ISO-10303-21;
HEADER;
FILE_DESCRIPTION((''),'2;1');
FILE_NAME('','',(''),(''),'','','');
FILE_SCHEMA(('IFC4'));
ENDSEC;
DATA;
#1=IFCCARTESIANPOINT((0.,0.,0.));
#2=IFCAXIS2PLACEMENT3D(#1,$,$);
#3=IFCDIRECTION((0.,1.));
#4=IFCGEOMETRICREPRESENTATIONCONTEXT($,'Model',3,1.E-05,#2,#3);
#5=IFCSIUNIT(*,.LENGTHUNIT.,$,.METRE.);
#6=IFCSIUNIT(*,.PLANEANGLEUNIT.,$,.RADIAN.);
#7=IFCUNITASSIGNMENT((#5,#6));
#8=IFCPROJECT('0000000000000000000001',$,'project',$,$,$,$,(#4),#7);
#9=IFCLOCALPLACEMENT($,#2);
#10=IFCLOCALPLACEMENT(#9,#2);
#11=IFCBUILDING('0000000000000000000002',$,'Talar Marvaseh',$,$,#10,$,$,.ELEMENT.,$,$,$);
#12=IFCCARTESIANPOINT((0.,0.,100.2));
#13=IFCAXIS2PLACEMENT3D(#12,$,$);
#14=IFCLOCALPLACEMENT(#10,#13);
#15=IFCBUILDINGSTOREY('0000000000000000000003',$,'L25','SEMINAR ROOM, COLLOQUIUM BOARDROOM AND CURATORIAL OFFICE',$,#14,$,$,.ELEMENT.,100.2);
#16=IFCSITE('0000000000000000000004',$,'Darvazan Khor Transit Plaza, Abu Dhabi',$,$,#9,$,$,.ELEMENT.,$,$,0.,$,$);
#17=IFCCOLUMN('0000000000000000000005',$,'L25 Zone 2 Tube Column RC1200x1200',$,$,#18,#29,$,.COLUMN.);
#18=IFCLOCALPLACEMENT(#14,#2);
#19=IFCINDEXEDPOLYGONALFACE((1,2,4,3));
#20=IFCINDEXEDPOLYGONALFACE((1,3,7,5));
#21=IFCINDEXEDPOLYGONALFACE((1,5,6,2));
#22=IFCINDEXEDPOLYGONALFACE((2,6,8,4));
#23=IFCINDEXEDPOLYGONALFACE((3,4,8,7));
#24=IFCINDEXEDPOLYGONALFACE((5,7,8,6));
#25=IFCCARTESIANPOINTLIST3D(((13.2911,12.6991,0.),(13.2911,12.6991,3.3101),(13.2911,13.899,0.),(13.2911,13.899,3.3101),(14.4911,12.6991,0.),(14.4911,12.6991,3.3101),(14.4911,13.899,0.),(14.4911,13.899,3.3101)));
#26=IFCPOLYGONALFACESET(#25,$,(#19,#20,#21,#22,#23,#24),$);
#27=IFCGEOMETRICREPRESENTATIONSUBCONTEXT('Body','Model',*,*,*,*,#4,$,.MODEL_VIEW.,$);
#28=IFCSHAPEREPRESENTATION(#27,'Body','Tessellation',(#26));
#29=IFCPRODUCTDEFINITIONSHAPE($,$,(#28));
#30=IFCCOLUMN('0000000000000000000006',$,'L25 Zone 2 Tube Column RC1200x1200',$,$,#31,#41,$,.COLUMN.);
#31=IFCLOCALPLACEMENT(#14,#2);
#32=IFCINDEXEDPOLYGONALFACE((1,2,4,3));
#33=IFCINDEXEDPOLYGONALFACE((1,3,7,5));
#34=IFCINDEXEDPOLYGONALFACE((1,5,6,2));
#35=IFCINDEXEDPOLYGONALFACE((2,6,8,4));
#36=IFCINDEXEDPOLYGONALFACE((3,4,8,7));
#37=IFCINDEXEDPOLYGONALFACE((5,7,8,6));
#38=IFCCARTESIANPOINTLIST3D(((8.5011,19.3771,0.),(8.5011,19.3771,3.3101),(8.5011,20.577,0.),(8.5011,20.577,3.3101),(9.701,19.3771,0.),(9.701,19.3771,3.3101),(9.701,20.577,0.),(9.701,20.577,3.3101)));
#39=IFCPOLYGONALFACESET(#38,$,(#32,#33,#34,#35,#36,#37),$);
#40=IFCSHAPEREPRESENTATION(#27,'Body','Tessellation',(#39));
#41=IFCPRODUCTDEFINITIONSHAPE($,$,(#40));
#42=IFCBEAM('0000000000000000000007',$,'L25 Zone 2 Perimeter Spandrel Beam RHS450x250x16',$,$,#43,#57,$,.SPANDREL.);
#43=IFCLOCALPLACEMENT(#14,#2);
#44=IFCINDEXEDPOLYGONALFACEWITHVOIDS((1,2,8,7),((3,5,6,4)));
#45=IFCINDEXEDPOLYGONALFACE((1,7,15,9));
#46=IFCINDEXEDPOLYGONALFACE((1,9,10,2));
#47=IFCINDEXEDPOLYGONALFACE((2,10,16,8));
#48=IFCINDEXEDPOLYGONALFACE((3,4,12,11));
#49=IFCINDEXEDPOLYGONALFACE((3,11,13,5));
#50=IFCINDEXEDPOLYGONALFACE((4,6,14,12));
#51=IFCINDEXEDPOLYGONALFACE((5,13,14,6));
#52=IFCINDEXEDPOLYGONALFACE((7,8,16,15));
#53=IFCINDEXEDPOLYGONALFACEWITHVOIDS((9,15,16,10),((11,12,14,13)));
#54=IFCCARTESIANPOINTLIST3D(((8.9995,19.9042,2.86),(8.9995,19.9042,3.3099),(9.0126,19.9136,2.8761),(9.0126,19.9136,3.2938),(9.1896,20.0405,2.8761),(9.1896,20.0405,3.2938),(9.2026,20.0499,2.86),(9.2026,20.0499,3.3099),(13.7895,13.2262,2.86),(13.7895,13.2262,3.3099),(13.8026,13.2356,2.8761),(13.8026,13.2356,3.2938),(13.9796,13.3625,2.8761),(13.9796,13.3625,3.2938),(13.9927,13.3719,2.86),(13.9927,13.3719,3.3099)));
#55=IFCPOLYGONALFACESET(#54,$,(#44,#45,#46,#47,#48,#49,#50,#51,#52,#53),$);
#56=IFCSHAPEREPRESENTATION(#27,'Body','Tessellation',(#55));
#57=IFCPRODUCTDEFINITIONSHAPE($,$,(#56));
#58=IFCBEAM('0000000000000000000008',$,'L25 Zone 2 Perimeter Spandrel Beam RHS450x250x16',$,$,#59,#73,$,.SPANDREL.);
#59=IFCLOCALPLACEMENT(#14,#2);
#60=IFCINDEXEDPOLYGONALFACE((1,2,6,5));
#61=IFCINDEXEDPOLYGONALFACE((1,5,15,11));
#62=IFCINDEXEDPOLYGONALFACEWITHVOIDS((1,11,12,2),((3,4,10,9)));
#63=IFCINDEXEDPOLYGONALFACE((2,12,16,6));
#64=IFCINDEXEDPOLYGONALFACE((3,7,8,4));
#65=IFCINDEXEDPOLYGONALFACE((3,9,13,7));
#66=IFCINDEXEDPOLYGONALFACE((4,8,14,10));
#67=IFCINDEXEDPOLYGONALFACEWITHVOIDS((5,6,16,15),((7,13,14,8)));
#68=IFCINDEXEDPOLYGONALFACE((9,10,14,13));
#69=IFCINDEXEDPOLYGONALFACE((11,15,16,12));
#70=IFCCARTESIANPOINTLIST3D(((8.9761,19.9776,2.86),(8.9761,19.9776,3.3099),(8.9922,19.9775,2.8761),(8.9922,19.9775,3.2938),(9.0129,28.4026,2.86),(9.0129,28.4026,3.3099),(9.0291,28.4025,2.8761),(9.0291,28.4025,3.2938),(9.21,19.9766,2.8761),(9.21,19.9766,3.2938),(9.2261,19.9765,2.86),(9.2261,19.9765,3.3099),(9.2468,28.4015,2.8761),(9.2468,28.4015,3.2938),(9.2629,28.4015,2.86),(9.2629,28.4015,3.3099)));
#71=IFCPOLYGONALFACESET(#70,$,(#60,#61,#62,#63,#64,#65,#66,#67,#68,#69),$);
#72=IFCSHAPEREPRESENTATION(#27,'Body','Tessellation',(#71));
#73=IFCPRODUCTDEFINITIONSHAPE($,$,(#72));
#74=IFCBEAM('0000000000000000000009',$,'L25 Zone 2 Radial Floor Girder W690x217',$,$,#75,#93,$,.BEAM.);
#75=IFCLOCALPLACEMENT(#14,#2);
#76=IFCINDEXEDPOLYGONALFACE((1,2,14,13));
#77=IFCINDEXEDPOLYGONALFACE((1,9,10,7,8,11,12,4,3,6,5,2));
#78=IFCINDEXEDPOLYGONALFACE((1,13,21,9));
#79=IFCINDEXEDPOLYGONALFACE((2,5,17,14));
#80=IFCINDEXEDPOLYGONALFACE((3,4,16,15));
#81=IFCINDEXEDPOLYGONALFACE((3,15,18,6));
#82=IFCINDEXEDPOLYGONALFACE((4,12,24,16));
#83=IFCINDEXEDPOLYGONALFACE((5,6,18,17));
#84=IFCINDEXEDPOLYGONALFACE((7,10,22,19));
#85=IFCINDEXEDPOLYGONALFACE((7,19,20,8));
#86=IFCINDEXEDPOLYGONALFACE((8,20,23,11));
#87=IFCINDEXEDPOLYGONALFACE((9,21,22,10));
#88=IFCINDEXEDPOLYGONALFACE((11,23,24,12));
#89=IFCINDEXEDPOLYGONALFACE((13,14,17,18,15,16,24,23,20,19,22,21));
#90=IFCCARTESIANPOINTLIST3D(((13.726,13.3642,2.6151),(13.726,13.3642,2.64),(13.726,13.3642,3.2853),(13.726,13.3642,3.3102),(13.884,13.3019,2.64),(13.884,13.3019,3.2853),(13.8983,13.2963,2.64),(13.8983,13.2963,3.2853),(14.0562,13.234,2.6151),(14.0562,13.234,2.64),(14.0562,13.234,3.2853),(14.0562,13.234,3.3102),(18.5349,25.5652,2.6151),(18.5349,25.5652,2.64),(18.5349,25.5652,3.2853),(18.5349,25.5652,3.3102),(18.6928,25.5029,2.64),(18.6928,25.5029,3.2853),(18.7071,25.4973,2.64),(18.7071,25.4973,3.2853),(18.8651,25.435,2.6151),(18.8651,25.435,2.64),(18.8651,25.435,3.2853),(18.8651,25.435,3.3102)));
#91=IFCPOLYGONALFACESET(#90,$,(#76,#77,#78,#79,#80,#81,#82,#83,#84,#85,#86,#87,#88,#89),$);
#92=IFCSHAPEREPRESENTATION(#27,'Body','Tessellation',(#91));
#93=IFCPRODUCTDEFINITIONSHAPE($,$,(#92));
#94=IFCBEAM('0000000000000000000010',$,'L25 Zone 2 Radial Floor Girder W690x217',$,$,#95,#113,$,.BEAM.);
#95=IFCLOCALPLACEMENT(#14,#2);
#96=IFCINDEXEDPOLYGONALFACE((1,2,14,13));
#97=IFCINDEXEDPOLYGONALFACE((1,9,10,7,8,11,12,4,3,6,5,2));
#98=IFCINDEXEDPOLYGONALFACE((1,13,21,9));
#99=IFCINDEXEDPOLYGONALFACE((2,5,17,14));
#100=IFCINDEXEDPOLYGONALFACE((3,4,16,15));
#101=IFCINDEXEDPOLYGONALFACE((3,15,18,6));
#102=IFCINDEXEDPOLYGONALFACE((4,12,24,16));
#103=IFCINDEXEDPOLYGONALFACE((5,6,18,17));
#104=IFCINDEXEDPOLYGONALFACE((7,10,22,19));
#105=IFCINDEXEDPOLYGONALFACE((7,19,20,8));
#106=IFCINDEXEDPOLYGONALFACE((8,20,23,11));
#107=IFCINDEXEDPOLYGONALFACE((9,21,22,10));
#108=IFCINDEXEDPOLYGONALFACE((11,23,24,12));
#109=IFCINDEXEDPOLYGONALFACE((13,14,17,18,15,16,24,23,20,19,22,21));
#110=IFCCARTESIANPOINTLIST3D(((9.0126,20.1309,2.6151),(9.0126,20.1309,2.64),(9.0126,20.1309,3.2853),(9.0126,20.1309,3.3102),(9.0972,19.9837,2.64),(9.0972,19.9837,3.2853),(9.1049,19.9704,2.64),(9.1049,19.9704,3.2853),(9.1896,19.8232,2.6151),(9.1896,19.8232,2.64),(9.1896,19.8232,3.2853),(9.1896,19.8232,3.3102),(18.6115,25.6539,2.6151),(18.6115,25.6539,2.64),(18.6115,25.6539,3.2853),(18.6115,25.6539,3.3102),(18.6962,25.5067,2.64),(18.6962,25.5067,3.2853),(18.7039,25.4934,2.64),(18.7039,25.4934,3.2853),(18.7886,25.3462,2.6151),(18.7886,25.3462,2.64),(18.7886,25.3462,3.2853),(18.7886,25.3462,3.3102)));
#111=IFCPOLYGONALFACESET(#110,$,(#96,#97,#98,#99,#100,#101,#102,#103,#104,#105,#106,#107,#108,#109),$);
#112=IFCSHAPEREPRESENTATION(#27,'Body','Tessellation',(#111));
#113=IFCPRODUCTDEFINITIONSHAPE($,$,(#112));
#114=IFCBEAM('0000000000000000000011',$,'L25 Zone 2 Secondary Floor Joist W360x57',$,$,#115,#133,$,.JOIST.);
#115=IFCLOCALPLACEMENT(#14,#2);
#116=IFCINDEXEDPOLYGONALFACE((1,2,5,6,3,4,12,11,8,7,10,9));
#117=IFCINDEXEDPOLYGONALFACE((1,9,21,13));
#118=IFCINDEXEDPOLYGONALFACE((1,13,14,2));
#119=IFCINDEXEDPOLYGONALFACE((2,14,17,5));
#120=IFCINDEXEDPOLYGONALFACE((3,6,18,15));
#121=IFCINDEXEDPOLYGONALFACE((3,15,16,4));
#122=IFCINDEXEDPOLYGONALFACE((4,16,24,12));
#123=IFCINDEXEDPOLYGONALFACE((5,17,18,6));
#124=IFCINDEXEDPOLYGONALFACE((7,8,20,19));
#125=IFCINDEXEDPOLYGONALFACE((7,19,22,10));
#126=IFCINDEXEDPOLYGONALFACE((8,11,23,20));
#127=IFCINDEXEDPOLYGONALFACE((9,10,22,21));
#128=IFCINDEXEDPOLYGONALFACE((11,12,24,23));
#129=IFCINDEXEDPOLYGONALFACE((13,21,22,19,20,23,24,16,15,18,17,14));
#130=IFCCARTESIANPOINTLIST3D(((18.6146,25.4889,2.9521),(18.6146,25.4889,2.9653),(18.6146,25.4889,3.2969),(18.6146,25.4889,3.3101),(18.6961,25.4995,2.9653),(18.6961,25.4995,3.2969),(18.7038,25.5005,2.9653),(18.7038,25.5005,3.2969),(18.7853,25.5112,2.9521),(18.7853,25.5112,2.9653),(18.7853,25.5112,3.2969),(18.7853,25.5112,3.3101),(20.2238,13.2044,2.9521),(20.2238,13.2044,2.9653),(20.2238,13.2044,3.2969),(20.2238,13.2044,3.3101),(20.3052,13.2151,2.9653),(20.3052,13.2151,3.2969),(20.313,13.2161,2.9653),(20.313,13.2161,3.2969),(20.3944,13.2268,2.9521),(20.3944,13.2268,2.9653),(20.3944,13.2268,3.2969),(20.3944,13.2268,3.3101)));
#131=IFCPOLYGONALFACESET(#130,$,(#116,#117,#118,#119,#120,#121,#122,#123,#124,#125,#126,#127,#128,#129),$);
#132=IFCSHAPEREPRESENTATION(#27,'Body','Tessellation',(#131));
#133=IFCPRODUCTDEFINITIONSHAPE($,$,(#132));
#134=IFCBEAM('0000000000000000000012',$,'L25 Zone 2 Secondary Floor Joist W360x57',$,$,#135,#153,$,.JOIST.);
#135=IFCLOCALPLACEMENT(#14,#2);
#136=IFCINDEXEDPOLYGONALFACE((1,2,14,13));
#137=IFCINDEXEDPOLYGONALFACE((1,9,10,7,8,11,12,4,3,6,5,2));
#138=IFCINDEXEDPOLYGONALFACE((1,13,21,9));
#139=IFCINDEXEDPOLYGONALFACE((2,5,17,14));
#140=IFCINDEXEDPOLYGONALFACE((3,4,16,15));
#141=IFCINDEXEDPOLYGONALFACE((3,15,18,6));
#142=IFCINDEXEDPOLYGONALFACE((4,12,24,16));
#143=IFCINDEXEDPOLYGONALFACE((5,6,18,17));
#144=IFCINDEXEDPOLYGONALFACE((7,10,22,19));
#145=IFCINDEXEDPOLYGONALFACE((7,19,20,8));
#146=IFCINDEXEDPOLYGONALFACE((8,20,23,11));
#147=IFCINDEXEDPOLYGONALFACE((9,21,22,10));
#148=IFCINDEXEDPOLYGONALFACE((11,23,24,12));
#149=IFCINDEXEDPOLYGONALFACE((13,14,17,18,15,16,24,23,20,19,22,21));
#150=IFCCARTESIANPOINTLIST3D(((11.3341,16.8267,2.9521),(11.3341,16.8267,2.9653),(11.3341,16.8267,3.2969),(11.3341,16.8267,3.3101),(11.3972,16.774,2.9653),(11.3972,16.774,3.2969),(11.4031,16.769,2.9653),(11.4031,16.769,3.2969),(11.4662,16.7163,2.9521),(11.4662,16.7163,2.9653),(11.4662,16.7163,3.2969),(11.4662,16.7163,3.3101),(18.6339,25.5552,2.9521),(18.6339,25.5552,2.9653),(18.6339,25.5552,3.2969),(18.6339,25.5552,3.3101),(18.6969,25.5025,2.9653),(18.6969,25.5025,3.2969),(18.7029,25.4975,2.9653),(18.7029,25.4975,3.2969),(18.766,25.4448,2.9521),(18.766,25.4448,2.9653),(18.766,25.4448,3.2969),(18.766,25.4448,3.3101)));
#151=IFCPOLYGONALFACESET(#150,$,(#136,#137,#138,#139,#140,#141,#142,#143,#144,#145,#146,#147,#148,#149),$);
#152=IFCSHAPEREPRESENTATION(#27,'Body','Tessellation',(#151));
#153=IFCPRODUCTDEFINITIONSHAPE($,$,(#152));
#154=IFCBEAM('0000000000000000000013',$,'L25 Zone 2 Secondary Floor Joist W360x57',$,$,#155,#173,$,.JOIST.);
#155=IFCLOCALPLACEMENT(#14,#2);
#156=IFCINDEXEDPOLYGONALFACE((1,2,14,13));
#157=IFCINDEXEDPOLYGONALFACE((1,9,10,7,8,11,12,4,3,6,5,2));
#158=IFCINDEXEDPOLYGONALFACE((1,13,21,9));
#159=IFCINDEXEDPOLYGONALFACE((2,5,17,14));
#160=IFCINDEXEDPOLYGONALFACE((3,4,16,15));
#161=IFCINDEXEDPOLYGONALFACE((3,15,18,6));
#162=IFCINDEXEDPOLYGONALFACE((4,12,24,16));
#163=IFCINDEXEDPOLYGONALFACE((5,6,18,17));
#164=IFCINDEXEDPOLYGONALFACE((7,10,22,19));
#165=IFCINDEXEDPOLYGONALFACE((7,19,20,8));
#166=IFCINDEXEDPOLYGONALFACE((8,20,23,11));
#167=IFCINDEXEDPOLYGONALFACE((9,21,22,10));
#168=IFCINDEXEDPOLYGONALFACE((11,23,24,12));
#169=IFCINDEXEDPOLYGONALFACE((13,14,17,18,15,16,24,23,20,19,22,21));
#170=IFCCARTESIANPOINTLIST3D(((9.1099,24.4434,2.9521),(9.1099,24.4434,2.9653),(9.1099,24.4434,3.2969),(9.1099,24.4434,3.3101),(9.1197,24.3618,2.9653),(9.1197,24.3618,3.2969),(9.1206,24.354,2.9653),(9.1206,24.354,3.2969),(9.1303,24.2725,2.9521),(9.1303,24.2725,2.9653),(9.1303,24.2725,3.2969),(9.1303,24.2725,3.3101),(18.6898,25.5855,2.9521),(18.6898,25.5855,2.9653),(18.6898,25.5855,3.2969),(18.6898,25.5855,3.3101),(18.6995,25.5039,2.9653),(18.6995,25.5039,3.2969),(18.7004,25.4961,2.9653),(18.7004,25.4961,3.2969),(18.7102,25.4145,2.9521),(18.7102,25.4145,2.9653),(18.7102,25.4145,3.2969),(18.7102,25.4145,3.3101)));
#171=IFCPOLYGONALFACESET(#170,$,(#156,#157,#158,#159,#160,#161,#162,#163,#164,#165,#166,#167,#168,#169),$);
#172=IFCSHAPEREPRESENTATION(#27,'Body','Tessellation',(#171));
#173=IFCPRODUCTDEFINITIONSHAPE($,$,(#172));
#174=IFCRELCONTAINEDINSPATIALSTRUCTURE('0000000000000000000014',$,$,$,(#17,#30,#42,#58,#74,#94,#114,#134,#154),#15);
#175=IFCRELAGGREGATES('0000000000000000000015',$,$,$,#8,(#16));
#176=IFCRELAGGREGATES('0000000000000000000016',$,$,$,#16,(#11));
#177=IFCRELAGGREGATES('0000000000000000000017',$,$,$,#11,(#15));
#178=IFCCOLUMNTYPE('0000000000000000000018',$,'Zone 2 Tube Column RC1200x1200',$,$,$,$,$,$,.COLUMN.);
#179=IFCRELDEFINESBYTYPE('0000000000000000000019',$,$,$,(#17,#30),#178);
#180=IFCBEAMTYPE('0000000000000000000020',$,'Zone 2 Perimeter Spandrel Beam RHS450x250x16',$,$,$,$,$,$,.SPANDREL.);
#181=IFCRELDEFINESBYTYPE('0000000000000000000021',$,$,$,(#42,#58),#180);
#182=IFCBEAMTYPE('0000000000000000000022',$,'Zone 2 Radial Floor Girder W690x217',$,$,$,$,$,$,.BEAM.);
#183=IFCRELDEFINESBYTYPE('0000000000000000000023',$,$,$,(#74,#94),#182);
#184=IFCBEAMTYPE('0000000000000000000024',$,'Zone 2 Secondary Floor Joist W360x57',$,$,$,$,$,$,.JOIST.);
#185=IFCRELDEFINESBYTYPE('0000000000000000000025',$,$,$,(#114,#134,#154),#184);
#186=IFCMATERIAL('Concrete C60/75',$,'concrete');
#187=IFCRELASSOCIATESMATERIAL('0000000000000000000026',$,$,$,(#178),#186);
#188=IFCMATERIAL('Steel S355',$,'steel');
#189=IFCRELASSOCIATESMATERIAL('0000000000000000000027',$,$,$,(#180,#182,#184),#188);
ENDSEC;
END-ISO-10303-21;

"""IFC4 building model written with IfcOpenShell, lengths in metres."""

from ifc_helpers import new_model, si_unit, direction, frame, origin, origin_2d, place, context, subcontext, project, spatial, rectangle, hollow_rectangle, i_section, extrude, material, material_profile, profile_set, type_object, element, save


model = new_model("IFC4")

# Units and contexts
model_context = context("Model", 3, precision=1e-05, world=origin(), true_north=direction((0.0, 1.0)))
body_context = subcontext(model_context, "Body", "Model", "MODEL_VIEW")
ifc_project = project(units=[si_unit("LENGTHUNIT", "METRE"), si_unit("PLANEANGLEUNIT", "RADIAN")], contexts=[model_context])

# Site, building, storey
site_placement = place(None, origin())
site = spatial("IfcSite", under=ifc_project, at=site_placement, Name="Darvazan Khor Transit Plaza, Abu Dhabi", CompositionType="ELEMENT", RefElevation=0.0)
building_placement = place(site_placement, origin())
building = spatial("IfcBuilding", under=site, at=building_placement, Name="Talar Marvaseh", CompositionType="ELEMENT")
storey_placement = place(building_placement, frame((0.0, 0.0, 100.2)))
storey = spatial("IfcBuildingStorey", under=building, at=storey_placement, Name="L25", Description="SEMINAR ROOM, COLLOQUIUM BOARDROOM AND CURATORIAL OFFICE", CompositionType="ELEMENT", Elevation=100.2)

# Columns
ifc_material_1 = material(Name="Concrete C60/75", Category="concrete")
ifc_material_profile_1 = material_profile(ifc_material_1, rectangle(XDim=1.2, YDim=1.2, at=origin_2d()), Name="RC1200x1200")
ifc_profile_set_1 = profile_set([ifc_material_profile_1], Name="Concrete C60/75")
column_type = type_object("IfcColumnType", Name="Zone 2 Tube Column RC1200x1200", PredefinedType="COLUMN", material=ifc_profile_set_1)
for number, where, z_axis, x_axis, name in (
    (1, (13.8911, 13.2991, 0.0), (0.0, 0.0, 1.0), (1.0, 0.0, 0.0), "L25 Zone 2 Tube Column RC1200x1200"),
    (2, (9.1011, 19.9771, 0.0), (0.0, 0.0, 1.0), (1.0, 0.0, 0.0), "L25 Zone 2 Tube Column RC1200x1200"),
):
    element("IfcColumn", number, at=place(storey_placement, frame(where, z_axis=z_axis, x_axis=x_axis)), inside=storey, type_object=column_type, Name=name, PredefinedType="COLUMN", context=body_context, shape_type="SweptSolid", body=[
        extrude(rectangle(XDim=1.2, YDim=1.2, at=origin_2d()), origin(), (0.0, 0.0, 1.0), 3.3101),
    ])

# Beams
ifc_material_2 = material(Name="Steel S355", Category="steel")
ifc_material_profile_2 = material_profile(ifc_material_2, hollow_rectangle(XDim=0.25, YDim=0.45, WallThickness=0.0161, at=origin_2d()), Name="RHS450x250x16")
ifc_profile_set_2 = profile_set([ifc_material_profile_2], Name="Steel S355")
beam_type_1 = type_object("IfcBeamType", Name="Zone 2 Perimeter Spandrel Beam RHS450x250x16", PredefinedType="SPANDREL", material=ifc_profile_set_2)
beam_1_placement = place(storey_placement, frame((13.8911, 13.2991, 3.085), z_axis=(-0.582853, 0.812578, 0.0), x_axis=(-0.812578, -0.582853, 0.0)))
element("IfcBeam", 3, at=beam_1_placement, inside=storey, type_object=beam_type_1, Name="L25 Zone 2 Perimeter Spandrel Beam RHS450x250x16", PredefinedType="SPANDREL", context=body_context, shape_type="SweptSolid", body=[
    extrude(hollow_rectangle(XDim=0.25, YDim=0.45, WallThickness=0.0161, at=origin_2d()), origin(), (0.0, 0.0, 1.0), 8.2183),
])
beam_2_placement = place(storey_placement, frame((9.1011, 19.9771, 3.085), z_axis=(0.004376, 0.99999, 0.0), x_axis=(-0.99999, 0.004376, 0.0)))
element("IfcBeam", 4, at=beam_2_placement, inside=storey, type_object=beam_type_1, Name="L25 Zone 2 Perimeter Spandrel Beam RHS450x250x16", PredefinedType="SPANDREL", context=body_context, shape_type="SweptSolid", body=[
    extrude(hollow_rectangle(XDim=0.25, YDim=0.45, WallThickness=0.0161, at=origin_2d()), origin(), (0.0, 0.0, 1.0), 8.425),
])
ifc_material_profile_3 = material_profile(ifc_material_2, i_section(OverallWidth=0.355, OverallDepth=0.6951, WebThickness=0.0154, FlangeThickness=0.0249, at=origin_2d()), Name="W690x217")
ifc_profile_set_3 = profile_set([ifc_material_profile_3], Name="Steel S355")
beam_type_2 = type_object("IfcBeamType", Name="Zone 2 Radial Floor Girder W690x217", PredefinedType="BEAM", material=ifc_profile_set_3)
beam_3_placement = place(storey_placement, frame((13.8911, 13.2991, 2.9626), z_axis=(0.366684, 0.930346, 0.0), x_axis=(-0.930346, 0.366684, 0.0)))
element("IfcBeam", 5, at=beam_3_placement, inside=storey, type_object=beam_type_2, Name="L25 Zone 2 Radial Floor Girder W690x217", PredefinedType="BEAM", context=body_context, shape_type="SweptSolid", body=[
    extrude(i_section(OverallWidth=0.355, OverallDepth=0.6951, WebThickness=0.0154, FlangeThickness=0.0249, at=origin_2d()), origin(), (0.0, 0.0, 1.0), 13.1145),
])
beam_4_placement = place(storey_placement, frame((9.1011, 19.9771, 2.9626), z_axis=(0.866766, 0.498715, 0.0), x_axis=(-0.498715, 0.866766, 0.0)))
element("IfcBeam", 6, at=beam_4_placement, inside=storey, type_object=beam_type_2, Name="L25 Zone 2 Radial Floor Girder W690x217", PredefinedType="BEAM", context=body_context, shape_type="SweptSolid", body=[
    extrude(i_section(OverallWidth=0.355, OverallDepth=0.6951, WebThickness=0.0154, FlangeThickness=0.0249, at=origin_2d()), origin(), (0.0, 0.0, 1.0), 11.0745),
])
ifc_material_profile_4 = material_profile(ifc_material_2, i_section(OverallWidth=0.1721, OverallDepth=0.3579, WebThickness=0.0078, FlangeThickness=0.0132, at=origin_2d()), Name="W360x57")
ifc_profile_set_4 = profile_set([ifc_material_profile_4], Name="Steel S355")
beam_type_3 = type_object("IfcBeamType", Name="Zone 2 Secondary Floor Joist W360x57", PredefinedType="JOIST", material=ifc_profile_set_4)
beam_5_placement = place(storey_placement, frame((20.3091, 13.2156, 3.1311), z_axis=(-0.12988, 0.99153, 0.0), x_axis=(-0.99153, -0.12988, 0.0)))
element("IfcBeam", 7, at=beam_5_placement, inside=storey, type_object=beam_type_3, Name="L25 Zone 2 Secondary Floor Joist W360x57", PredefinedType="JOIST", context=body_context, shape_type="SweptSolid", body=[
    extrude(i_section(OverallWidth=0.1721, OverallDepth=0.3579, WebThickness=0.0078, FlangeThickness=0.0132, at=origin_2d()), origin(), (0.0, 0.0, 1.0), 12.3894),
])
beam_6_placement = place(storey_placement, frame((11.4001, 16.7715, 3.1311), z_axis=(0.641534, 0.767095, 0.0), x_axis=(-0.767095, 0.641534, 0.0)))
element("IfcBeam", 8, at=beam_6_placement, inside=storey, type_object=beam_type_3, Name="L25 Zone 2 Secondary Floor Joist W360x57", PredefinedType="JOIST", context=body_context, shape_type="SweptSolid", body=[
    extrude(i_section(OverallWidth=0.1721, OverallDepth=0.3579, WebThickness=0.0078, FlangeThickness=0.0132, at=origin_2d()), origin(), (0.0, 0.0, 1.0), 11.3787),
])
beam_7_placement = place(storey_placement, frame((9.1201, 24.3579, 3.1311), z_axis=(0.992968, 0.11838, 0.0), x_axis=(-0.11838, 0.992968, 0.0)))
element("IfcBeam", 9, at=beam_7_placement, inside=storey, type_object=beam_type_3, Name="L25 Zone 2 Secondary Floor Joist W360x57", PredefinedType="JOIST", context=body_context, shape_type="SweptSolid", body=[
    extrude(i_section(OverallWidth=0.1721, OverallDepth=0.3579, WebThickness=0.0078, FlangeThickness=0.0132, at=origin_2d()), origin(), (0.0, 0.0, 1.0), 9.6477),
])

save(model, "model.ifc")
